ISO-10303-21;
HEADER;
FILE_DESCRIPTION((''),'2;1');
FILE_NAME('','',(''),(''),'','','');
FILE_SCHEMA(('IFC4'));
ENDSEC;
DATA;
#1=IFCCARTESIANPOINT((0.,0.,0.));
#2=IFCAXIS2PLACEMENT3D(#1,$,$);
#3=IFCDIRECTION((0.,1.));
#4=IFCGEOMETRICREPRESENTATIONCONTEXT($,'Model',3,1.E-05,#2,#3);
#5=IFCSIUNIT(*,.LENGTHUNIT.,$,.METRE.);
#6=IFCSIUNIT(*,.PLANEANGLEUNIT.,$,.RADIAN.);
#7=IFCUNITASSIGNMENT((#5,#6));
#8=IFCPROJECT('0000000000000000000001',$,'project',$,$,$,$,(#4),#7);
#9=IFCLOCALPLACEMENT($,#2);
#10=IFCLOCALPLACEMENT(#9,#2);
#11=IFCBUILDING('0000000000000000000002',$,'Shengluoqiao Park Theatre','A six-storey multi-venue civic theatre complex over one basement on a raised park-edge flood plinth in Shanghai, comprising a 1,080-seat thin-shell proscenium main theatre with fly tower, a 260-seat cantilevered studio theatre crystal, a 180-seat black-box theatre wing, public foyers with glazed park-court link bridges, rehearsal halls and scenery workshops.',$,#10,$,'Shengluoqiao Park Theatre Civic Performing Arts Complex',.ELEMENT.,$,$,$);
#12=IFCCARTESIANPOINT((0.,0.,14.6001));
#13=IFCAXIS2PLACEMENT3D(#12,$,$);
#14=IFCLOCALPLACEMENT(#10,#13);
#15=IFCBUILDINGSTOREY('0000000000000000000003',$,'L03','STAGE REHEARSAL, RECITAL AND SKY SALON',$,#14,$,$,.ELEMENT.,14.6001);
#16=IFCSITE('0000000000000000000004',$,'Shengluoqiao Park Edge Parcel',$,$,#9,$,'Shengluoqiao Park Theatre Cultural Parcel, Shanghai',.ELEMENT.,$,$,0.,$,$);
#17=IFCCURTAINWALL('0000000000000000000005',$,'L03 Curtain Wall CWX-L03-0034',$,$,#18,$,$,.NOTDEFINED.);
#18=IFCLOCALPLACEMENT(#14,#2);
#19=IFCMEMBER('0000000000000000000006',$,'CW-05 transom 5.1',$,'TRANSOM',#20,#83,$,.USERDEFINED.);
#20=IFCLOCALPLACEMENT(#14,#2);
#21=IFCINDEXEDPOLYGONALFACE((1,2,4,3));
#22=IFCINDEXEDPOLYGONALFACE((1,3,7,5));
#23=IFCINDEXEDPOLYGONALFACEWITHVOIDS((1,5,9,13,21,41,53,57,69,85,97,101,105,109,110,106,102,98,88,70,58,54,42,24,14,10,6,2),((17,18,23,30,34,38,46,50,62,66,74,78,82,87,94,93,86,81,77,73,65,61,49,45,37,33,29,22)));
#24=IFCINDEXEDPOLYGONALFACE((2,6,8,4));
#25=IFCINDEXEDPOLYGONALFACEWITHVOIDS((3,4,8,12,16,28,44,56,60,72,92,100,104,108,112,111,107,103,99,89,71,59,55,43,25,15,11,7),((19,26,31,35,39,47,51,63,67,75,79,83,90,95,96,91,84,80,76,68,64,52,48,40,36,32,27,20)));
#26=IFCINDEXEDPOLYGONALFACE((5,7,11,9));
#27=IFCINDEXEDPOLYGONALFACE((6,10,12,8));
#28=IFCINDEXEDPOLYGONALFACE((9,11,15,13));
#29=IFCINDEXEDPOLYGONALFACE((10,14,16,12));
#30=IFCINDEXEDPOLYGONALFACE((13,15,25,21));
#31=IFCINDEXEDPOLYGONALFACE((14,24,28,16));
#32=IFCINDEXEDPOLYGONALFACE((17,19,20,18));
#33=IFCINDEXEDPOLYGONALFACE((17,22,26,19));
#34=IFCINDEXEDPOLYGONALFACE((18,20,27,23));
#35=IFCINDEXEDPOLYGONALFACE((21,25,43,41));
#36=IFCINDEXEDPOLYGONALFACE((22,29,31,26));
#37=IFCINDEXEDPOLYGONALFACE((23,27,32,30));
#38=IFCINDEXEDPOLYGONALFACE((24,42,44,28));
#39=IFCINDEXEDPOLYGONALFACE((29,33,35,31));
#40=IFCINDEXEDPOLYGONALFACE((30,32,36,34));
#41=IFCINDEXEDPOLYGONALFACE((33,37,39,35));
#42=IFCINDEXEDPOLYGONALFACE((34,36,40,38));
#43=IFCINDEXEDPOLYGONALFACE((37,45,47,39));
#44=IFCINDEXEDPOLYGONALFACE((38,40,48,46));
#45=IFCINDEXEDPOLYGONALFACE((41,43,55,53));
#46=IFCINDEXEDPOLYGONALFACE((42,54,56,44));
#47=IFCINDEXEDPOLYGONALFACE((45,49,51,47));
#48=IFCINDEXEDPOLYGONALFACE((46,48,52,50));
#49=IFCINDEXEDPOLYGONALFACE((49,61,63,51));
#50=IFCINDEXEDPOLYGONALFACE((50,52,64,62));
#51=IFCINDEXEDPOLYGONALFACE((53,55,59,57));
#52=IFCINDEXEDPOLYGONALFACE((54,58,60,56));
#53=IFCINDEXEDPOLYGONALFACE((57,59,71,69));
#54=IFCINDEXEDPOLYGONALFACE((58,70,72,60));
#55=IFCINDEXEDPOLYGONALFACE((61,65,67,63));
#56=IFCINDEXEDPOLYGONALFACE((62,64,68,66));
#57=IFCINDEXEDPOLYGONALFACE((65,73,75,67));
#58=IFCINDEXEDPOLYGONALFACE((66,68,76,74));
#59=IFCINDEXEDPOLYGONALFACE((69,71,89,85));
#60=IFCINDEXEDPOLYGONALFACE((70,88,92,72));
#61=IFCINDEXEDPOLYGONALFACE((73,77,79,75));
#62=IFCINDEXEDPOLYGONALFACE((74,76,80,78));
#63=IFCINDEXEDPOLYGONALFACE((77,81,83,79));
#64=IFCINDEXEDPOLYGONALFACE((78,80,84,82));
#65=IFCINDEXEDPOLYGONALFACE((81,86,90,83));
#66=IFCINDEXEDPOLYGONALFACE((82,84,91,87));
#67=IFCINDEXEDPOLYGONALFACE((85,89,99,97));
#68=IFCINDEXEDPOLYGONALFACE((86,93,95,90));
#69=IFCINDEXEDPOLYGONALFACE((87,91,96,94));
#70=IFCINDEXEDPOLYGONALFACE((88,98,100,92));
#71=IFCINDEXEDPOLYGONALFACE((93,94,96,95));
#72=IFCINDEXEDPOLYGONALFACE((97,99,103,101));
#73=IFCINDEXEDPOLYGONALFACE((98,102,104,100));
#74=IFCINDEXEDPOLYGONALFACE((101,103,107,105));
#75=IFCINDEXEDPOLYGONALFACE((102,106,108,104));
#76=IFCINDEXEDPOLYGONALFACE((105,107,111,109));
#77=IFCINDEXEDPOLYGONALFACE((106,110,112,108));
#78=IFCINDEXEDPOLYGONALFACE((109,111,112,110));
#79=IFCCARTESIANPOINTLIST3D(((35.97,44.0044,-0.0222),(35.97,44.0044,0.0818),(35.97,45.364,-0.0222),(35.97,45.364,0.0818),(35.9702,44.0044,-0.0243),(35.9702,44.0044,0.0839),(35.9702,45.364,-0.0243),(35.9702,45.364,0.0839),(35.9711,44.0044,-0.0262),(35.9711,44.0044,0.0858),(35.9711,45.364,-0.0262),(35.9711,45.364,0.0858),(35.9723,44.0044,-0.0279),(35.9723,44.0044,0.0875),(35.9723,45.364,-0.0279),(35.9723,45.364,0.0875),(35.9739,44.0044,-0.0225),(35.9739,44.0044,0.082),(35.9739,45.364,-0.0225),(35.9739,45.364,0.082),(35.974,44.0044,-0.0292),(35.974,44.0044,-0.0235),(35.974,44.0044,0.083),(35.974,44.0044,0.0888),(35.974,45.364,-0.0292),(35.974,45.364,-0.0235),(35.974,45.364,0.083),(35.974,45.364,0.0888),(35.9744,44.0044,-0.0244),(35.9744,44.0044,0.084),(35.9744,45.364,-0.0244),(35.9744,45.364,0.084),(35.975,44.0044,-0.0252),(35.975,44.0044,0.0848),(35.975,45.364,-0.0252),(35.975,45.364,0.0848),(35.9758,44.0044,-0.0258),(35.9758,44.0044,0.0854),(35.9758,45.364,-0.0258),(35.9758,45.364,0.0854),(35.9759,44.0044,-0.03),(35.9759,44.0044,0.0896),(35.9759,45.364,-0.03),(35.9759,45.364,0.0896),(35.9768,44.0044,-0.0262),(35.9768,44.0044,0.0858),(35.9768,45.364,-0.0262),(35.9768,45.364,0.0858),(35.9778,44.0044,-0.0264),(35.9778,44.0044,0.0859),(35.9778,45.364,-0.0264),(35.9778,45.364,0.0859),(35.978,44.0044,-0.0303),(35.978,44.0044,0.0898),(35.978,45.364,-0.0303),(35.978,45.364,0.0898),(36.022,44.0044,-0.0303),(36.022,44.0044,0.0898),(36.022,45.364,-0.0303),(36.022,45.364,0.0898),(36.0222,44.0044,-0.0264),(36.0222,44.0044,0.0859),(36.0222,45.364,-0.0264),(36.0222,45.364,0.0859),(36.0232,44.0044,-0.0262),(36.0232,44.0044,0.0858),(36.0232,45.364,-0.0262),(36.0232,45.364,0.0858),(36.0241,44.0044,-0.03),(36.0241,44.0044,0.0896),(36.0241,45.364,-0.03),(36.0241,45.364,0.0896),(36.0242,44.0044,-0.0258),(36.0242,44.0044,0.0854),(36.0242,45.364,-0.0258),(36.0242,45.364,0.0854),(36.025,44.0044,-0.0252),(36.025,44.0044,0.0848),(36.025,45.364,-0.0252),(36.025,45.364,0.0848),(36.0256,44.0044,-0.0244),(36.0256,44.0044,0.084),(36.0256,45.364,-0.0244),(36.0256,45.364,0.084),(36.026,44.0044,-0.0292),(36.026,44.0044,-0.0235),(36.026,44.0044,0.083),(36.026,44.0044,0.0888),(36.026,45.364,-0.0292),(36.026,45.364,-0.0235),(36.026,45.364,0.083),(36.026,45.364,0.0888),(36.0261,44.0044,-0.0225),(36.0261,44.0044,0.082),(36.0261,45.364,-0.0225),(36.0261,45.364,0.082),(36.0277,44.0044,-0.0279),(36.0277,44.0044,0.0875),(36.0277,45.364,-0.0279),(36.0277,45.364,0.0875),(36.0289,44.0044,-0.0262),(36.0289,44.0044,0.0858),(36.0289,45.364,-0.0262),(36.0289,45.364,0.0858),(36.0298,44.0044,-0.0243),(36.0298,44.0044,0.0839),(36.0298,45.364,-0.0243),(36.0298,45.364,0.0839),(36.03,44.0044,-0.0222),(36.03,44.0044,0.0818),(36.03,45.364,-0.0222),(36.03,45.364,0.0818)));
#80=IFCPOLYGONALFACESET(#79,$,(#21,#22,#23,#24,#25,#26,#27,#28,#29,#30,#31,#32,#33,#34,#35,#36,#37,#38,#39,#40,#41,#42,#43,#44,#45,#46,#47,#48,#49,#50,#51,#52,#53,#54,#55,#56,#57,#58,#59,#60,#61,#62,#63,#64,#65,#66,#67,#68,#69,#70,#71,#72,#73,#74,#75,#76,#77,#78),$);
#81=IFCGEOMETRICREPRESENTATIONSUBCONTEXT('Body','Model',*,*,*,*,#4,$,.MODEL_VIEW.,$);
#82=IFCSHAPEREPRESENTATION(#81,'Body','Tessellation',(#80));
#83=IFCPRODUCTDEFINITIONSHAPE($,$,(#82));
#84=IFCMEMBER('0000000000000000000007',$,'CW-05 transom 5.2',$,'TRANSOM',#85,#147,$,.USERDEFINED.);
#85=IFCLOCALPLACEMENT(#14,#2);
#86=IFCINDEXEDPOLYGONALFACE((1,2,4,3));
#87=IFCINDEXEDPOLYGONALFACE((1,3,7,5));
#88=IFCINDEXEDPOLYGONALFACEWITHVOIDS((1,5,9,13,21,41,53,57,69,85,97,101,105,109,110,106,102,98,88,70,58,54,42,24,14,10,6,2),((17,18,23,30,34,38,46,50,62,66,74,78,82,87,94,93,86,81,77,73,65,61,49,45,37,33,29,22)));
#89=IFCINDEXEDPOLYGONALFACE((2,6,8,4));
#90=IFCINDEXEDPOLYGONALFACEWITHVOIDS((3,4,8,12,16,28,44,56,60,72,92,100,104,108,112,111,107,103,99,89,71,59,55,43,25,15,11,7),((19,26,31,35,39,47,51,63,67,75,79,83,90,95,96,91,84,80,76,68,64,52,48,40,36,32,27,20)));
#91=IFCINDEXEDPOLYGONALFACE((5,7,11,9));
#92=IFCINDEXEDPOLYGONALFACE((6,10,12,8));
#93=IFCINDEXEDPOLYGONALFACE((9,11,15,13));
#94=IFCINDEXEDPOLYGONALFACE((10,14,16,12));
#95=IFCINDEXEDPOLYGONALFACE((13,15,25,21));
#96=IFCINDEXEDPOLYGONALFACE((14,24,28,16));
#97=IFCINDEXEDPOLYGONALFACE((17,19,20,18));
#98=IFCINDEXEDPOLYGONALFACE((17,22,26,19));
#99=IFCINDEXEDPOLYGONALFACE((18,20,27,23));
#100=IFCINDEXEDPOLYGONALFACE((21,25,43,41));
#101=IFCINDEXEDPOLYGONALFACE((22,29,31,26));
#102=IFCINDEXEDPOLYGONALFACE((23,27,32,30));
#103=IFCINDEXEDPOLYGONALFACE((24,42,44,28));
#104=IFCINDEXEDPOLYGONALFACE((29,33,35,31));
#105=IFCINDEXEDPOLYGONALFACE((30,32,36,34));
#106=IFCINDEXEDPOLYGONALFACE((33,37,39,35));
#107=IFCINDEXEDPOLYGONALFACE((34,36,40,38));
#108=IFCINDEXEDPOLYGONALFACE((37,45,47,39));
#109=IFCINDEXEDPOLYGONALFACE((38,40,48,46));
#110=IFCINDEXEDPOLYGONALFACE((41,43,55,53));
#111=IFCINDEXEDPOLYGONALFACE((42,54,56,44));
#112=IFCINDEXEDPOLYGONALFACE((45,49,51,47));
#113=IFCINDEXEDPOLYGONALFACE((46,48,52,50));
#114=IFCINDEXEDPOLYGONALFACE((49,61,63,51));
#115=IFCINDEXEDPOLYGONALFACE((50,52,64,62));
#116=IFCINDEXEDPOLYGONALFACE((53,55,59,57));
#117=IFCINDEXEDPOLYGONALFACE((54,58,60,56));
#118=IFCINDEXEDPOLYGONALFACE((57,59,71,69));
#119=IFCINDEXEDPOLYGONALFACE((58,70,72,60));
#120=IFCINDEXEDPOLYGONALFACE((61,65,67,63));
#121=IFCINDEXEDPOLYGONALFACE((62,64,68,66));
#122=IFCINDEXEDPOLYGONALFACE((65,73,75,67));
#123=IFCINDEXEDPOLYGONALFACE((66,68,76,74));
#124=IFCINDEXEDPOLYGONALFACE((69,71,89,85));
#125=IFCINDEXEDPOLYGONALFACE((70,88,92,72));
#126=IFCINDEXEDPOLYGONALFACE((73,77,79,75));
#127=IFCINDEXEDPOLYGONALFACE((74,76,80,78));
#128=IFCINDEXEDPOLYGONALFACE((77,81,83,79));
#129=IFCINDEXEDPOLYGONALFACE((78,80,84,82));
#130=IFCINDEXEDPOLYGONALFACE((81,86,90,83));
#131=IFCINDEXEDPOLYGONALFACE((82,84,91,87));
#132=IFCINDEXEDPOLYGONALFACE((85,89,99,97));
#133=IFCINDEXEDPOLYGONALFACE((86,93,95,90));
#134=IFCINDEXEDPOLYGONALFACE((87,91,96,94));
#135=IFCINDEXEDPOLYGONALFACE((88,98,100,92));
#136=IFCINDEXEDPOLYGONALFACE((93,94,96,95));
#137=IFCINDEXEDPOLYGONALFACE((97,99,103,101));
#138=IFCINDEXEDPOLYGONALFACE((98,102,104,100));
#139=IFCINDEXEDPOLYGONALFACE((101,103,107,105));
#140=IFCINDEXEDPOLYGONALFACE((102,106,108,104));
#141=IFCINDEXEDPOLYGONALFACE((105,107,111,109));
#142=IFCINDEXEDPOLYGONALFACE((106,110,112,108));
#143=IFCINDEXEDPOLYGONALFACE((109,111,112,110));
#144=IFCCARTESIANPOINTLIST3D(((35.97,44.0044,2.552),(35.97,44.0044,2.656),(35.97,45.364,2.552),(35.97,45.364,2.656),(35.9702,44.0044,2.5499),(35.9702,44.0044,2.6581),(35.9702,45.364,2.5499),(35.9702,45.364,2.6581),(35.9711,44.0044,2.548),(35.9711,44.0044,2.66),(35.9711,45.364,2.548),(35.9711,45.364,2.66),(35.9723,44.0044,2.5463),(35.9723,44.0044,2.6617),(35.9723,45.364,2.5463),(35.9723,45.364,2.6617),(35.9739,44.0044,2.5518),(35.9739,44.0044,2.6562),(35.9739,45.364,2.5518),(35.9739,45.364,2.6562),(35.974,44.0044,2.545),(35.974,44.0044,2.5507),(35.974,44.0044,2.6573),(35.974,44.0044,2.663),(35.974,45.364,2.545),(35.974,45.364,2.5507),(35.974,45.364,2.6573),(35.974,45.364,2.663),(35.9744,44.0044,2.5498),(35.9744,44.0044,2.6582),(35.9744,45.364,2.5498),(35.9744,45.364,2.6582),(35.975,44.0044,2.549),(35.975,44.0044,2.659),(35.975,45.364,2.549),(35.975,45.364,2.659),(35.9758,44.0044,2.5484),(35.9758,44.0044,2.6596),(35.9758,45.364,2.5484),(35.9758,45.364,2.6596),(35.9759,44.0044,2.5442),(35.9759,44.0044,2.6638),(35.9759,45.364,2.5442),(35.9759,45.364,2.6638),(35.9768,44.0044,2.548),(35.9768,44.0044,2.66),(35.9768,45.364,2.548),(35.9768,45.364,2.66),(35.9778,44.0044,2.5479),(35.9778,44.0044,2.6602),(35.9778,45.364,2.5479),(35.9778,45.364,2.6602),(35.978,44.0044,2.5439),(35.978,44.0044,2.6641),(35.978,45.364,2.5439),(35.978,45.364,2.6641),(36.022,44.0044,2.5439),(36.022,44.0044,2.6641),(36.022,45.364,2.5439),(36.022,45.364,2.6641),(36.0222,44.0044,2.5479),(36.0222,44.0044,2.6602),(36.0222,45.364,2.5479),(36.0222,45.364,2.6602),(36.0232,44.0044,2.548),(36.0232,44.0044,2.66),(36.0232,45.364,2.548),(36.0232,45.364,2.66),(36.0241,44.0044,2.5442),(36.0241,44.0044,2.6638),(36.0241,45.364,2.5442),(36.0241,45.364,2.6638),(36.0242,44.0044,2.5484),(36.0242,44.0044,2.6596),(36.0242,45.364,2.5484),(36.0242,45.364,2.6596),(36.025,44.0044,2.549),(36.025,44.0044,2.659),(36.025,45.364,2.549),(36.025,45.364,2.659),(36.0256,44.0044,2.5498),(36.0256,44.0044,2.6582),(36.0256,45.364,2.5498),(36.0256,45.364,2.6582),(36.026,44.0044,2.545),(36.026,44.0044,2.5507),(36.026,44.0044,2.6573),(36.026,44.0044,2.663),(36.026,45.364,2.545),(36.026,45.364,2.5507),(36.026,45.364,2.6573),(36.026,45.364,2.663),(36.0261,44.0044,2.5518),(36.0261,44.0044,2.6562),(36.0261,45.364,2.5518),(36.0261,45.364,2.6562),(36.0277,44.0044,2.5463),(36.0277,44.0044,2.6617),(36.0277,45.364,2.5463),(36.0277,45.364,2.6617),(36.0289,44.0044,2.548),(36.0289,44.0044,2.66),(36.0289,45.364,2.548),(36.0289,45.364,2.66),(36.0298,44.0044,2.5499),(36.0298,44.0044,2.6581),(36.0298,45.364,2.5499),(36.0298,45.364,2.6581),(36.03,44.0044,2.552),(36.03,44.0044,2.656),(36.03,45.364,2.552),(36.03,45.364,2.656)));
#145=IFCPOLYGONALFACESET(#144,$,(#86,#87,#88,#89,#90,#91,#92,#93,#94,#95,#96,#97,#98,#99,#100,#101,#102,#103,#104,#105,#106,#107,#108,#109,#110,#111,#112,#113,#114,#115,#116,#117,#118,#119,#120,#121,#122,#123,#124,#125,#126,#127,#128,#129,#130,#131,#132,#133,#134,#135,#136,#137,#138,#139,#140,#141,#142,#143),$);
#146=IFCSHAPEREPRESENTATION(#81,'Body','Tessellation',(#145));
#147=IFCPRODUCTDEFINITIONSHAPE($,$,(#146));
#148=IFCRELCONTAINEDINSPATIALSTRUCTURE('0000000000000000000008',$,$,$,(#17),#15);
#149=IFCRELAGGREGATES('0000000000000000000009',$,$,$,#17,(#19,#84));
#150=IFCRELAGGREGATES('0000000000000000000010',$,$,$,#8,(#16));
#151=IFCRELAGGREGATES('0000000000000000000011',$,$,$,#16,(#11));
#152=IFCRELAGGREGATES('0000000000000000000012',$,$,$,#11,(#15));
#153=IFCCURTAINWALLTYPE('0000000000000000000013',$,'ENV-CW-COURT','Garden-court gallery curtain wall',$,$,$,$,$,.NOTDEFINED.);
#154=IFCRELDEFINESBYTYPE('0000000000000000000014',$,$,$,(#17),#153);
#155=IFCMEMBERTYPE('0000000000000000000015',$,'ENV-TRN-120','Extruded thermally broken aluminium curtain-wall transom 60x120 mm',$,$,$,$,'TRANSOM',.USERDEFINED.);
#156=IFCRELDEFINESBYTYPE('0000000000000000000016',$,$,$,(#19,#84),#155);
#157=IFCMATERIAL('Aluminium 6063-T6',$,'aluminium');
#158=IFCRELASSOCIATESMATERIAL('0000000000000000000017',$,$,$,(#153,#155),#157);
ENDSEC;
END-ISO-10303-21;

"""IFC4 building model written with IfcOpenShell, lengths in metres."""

from ifc_helpers import new_model, si_unit, direction, frame, origin, origin_2d, place, context, subcontext, project, spatial, hollow_rectangle, extrude, material, material_profile, profile_set, type_object, element, aggregate, save


model = new_model("IFC4")

# Units and contexts
model_context = context("Model", 3, precision=1e-05, world=origin(), true_north=direction((0.0, 1.0)))
body_context = subcontext(model_context, "Body", "Model", "MODEL_VIEW")
ifc_project = project(units=[si_unit("LENGTHUNIT", "METRE"), si_unit("PLANEANGLEUNIT", "RADIAN")], contexts=[model_context])

# Site, building, storey
site_placement = place(None, origin())
site = spatial("IfcSite", under=ifc_project, at=site_placement, Name="Shengluoqiao Park Edge Parcel", LongName="Shengluoqiao Park Theatre Cultural Parcel, Shanghai", CompositionType="ELEMENT", RefElevation=0.0)
building_placement = place(site_placement, origin())
building = spatial("IfcBuilding", under=site, at=building_placement, Name="Shengluoqiao Park Theatre", Description="A six-storey multi-venue civic theatre complex over one basement on a raised park-edge flood plinth in Shanghai, comprising a 1,080-seat thin-shell proscenium main theatre with fly tower, a 260-seat cantilevered studio theatre crystal, a 180-seat black-box theatre wing, public foyers with glazed park-court link bridges, rehearsal halls and scenery workshops.", LongName="Shengluoqiao Park Theatre Civic Performing Arts Complex", CompositionType="ELEMENT")
storey_placement = place(building_placement, frame((0.0, 0.0, 14.6001)))
storey = spatial("IfcBuildingStorey", under=building, at=storey_placement, Name="L03", Description="STAGE REHEARSAL, RECITAL AND SKY SALON", CompositionType="ELEMENT", Elevation=14.6001)

# Curtain wall, members
ifc_material_1 = material(Name="Aluminium 6063-T6", Category="aluminium")
curtain_wall_type = type_object("IfcCurtainWallType", Name="ENV-CW-COURT", Description="Garden-court gallery curtain wall", PredefinedType="NOTDEFINED", material=ifc_material_1)
curtain_wall_placement = place(storey_placement, origin())
curtain_wall = element("IfcCurtainWall", 1, at=curtain_wall_placement, inside=storey, type_object=curtain_wall_type, Name="L03 Curtain Wall CWX-L03-0034", PredefinedType="NOTDEFINED")
ifc_material_profile_1 = material_profile(ifc_material_1, hollow_rectangle(XDim=0.0601, YDim=0.1201, WallThickness=0.0039, InnerFilletRadius=0.0039, OuterFilletRadius=0.0081, at=origin_2d()), Name="ALU TRANSOM 120x60x4")
ifc_profile_set_1 = profile_set([ifc_material_profile_1], Name="Aluminium 6063-T6")
member_type_1 = type_object("IfcMemberType", Name="ENV-TRN-120", Description="Extruded thermally broken aluminium curtain-wall transom 60x120 mm", ElementType="TRANSOM", PredefinedType="USERDEFINED", material=ifc_profile_set_1)
member_1_placement = place(storey_placement, frame((36.0, 44.0044, 0.0298), z_axis=(0.0, 1.0, 0.0), x_axis=(-1.0, 0.0, 0.0)))
member_1 = element("IfcMember", 2, at=member_1_placement, type_object=member_type_1, Name="CW-05 transom 5.1", ObjectType="TRANSOM", PredefinedType="USERDEFINED", context=body_context, shape_type="SweptSolid", body=[
    extrude(hollow_rectangle(XDim=0.0601, YDim=0.1201, WallThickness=0.0039, InnerFilletRadius=0.0039, OuterFilletRadius=0.0081, at=origin_2d()), origin(), (0.0, 0.0, 1.0), 1.3596),
])
member_2_placement = place(storey_placement, frame((36.0, 44.0044, 2.604), z_axis=(0.0, 1.0, 0.0), x_axis=(-1.0, 0.0, 0.0)))
member_2 = element("IfcMember", 3, at=member_2_placement, type_object=member_type_1, Name="CW-05 transom 5.2", ObjectType="TRANSOM", PredefinedType="USERDEFINED", context=body_context, shape_type="SweptSolid", body=[
    extrude(hollow_rectangle(XDim=0.0601, YDim=0.1201, WallThickness=0.0039, InnerFilletRadius=0.0039, OuterFilletRadius=0.0081, at=origin_2d()), origin(), (0.0, 0.0, 1.0), 1.3596),
])

aggregate(curtain_wall, [member_1, member_2])

save(model, "model.ifc")
